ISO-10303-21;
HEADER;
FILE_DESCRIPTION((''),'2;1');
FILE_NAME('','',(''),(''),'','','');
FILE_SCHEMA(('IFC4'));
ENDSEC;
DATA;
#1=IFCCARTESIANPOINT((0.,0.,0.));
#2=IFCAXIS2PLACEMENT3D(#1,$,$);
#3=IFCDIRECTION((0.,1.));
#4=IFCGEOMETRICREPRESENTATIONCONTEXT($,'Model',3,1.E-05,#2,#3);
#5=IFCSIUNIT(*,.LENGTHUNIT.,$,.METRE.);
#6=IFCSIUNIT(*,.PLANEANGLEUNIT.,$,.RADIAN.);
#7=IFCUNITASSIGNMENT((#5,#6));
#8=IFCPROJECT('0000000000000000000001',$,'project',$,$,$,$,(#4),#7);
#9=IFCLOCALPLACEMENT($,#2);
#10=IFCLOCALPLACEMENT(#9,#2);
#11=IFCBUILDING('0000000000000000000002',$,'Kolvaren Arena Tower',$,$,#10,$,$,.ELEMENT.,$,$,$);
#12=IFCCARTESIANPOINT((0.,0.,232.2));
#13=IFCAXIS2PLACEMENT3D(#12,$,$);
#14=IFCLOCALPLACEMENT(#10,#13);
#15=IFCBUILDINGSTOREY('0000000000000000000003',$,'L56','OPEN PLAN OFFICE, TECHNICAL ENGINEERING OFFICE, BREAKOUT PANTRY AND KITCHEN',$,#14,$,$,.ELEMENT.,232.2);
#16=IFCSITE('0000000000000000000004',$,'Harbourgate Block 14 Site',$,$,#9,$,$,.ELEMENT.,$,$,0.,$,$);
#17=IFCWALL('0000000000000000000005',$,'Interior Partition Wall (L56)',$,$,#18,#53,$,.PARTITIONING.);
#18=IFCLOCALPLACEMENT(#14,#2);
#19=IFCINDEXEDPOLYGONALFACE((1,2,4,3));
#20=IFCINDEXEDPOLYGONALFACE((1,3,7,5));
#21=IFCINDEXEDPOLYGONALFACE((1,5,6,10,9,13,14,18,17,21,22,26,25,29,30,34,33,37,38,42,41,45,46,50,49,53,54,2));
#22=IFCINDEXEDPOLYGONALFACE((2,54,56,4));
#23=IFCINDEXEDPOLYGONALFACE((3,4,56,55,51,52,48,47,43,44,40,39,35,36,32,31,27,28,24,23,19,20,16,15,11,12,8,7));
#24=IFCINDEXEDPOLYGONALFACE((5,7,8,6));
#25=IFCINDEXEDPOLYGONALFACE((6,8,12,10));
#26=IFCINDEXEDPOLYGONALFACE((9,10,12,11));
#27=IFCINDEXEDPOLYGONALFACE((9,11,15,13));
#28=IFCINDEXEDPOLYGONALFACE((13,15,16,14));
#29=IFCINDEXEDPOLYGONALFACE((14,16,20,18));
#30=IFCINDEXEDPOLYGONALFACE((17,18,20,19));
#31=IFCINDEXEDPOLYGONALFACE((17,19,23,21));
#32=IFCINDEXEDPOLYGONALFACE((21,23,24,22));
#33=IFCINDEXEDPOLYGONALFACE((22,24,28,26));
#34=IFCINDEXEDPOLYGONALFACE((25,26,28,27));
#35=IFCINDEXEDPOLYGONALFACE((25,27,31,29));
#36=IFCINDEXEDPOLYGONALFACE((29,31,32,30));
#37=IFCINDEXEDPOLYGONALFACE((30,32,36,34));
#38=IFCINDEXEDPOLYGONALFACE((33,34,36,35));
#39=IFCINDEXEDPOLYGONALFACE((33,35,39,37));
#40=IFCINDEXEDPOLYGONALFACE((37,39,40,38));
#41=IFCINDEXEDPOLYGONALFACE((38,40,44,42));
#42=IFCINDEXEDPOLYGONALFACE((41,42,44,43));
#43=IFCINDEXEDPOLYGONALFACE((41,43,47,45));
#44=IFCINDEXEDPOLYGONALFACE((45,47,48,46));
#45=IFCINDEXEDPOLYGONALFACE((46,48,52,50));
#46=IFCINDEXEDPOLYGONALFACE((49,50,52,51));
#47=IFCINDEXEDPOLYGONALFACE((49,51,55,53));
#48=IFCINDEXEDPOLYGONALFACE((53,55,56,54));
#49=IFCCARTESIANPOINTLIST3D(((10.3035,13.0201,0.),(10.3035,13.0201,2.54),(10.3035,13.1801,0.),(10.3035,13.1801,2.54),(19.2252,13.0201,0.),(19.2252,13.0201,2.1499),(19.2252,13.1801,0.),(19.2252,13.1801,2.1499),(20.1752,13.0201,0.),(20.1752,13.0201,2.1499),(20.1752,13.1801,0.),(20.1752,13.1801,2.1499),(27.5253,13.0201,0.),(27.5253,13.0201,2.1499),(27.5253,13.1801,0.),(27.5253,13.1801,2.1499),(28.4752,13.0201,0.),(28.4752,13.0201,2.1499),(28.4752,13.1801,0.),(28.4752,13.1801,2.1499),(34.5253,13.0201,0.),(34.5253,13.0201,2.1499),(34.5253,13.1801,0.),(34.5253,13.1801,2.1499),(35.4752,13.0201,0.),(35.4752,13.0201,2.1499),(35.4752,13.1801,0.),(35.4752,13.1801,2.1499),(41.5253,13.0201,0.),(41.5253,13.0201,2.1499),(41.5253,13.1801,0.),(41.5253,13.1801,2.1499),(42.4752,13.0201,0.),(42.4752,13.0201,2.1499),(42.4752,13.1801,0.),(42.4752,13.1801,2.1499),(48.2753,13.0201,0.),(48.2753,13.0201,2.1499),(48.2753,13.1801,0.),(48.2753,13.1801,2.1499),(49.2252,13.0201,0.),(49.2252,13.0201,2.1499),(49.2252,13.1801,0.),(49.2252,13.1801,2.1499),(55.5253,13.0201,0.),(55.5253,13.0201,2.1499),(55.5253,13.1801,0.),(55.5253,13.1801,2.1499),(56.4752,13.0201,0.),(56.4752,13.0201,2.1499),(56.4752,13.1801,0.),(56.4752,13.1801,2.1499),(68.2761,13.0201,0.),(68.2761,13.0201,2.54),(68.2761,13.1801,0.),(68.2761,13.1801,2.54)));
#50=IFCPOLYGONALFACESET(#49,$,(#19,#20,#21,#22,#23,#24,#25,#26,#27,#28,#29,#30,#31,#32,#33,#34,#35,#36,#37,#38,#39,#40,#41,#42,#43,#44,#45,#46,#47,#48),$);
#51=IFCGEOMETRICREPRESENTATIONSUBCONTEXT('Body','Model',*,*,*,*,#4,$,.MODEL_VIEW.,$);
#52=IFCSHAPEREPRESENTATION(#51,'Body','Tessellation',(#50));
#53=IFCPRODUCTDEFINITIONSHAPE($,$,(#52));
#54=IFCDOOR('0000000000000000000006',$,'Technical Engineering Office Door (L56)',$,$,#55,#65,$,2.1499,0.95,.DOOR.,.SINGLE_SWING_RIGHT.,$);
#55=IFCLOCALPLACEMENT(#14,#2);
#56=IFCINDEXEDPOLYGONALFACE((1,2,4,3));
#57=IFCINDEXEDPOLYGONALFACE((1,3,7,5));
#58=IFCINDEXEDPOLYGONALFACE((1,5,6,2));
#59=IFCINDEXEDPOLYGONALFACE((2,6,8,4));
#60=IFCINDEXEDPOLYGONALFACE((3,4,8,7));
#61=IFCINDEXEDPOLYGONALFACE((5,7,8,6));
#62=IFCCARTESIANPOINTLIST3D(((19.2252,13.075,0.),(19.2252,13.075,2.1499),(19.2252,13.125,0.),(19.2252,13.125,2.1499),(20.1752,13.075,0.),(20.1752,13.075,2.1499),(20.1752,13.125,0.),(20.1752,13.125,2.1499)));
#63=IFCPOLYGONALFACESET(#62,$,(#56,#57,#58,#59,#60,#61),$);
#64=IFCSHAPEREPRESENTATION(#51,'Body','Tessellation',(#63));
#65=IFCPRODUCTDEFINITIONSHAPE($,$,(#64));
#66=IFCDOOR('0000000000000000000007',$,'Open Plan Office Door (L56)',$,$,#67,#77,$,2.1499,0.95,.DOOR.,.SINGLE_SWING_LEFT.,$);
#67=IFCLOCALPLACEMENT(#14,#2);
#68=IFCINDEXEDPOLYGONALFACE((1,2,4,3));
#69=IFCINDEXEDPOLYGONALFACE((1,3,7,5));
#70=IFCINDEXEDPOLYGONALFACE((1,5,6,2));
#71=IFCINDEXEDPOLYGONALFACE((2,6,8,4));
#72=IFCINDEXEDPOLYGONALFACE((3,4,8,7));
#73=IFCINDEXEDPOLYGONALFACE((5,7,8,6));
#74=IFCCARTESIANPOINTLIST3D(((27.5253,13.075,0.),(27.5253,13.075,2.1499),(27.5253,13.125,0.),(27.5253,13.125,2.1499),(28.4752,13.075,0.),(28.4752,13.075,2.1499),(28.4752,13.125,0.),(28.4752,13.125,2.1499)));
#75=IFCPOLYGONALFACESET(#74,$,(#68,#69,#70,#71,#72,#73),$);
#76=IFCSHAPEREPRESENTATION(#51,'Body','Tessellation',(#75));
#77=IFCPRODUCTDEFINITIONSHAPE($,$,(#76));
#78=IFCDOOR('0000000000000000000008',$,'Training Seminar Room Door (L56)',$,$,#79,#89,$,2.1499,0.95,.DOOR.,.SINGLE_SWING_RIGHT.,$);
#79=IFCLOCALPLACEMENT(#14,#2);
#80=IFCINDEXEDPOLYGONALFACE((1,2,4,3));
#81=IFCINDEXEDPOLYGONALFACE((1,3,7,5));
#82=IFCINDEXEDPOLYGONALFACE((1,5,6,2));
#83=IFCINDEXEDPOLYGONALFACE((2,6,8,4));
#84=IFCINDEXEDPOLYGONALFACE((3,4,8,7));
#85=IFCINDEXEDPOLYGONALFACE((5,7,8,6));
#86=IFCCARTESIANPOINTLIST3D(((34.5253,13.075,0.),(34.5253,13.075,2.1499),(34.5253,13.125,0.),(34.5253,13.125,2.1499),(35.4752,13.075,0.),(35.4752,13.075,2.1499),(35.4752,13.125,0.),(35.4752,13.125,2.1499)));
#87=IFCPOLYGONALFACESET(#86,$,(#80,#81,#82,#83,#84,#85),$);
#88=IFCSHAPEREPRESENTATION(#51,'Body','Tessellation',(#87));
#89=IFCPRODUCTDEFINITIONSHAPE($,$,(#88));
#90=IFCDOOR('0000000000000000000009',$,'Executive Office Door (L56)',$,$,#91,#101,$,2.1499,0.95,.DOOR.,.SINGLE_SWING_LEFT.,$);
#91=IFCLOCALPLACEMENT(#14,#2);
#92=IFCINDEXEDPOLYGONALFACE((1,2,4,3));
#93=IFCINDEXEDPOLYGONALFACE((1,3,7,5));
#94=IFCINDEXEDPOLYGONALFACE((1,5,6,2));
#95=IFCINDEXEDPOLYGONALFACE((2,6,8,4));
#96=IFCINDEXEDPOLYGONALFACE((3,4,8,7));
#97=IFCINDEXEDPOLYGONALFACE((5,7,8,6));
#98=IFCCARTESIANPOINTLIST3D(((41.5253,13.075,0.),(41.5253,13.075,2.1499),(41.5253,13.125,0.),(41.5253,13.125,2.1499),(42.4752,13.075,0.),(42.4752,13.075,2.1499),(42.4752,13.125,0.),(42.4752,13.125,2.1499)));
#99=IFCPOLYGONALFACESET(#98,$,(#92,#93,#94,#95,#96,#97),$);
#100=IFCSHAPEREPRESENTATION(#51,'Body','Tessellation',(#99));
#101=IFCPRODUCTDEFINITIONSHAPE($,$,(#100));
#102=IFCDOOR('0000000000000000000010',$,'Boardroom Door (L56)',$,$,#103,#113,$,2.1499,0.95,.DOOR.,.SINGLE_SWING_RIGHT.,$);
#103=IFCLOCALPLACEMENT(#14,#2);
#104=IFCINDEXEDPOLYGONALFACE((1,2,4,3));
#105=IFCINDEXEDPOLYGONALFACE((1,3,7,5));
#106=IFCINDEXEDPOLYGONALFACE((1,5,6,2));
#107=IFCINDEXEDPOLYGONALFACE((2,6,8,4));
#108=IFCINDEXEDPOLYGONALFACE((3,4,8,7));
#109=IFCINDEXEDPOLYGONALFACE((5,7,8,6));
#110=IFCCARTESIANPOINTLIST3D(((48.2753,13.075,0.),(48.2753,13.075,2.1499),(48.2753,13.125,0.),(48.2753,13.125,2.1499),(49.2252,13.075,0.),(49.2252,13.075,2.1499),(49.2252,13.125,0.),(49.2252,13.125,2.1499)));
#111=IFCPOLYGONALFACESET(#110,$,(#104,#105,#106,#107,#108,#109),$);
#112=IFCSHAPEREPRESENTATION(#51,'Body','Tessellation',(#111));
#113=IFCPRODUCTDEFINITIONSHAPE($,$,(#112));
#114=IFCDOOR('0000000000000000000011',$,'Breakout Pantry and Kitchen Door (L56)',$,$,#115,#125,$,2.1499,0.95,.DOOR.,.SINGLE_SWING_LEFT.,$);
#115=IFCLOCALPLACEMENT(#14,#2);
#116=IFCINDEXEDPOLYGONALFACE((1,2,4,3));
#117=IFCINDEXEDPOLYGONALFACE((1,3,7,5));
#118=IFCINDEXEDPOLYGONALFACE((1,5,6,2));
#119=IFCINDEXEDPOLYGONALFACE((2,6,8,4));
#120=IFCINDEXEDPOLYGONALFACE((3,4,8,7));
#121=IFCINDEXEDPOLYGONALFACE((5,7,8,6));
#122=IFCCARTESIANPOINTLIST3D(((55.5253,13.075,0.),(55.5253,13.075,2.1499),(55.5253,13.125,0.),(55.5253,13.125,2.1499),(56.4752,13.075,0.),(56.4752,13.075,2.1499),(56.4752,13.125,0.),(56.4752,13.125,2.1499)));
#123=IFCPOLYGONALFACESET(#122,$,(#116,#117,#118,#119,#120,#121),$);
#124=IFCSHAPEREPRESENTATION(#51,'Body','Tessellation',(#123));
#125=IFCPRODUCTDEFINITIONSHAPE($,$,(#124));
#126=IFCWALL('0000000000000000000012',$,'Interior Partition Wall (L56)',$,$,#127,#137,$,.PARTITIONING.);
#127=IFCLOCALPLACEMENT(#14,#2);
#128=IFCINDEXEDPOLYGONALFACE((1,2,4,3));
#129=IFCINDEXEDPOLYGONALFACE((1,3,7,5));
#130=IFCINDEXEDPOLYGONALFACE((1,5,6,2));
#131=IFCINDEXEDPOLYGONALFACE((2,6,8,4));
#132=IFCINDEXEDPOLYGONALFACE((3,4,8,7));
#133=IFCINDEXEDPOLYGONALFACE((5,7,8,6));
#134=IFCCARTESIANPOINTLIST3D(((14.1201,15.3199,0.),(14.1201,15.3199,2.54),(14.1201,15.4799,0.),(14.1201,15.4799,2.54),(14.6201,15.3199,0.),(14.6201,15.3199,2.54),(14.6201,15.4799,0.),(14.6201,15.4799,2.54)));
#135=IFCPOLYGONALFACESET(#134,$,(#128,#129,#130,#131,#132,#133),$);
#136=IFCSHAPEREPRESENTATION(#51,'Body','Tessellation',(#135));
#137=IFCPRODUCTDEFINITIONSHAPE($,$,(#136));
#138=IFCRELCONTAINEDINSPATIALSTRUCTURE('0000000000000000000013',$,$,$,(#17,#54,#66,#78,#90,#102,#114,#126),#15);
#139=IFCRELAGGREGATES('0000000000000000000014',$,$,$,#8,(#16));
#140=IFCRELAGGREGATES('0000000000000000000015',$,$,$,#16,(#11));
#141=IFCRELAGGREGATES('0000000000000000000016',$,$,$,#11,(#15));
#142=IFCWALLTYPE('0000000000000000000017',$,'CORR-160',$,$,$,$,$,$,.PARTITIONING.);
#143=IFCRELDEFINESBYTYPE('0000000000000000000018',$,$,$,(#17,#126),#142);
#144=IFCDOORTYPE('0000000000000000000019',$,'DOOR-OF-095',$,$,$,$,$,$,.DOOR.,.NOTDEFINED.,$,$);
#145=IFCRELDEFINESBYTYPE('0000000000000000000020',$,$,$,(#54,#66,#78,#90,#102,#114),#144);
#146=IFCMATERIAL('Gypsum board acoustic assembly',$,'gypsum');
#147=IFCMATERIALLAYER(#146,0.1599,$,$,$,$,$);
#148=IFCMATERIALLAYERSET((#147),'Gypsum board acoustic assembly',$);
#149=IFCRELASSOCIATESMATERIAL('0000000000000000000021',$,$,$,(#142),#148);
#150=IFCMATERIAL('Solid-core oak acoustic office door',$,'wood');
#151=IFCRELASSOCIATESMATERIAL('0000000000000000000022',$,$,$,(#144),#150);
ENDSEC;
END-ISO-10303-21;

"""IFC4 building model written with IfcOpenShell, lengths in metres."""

from ifc_helpers import new_model, si_unit, direction, frame, frame_2d, origin, place, context, subcontext, project, spatial, rectangle, extrude, material, layer, layer_set, type_object, element, fill, save


model = new_model("IFC4")

# Units and contexts
model_context = context("Model", 3, precision=1e-05, world=origin(), true_north=direction((0.0, 1.0)))
body_context = subcontext(model_context, "Body", "Model", "MODEL_VIEW")
ifc_project = project(units=[si_unit("LENGTHUNIT", "METRE"), si_unit("PLANEANGLEUNIT", "RADIAN")], contexts=[model_context])

# Site, building, storey
site_placement = place(None, origin())
site = spatial("IfcSite", under=ifc_project, at=site_placement, Name="Harbourgate Block 14 Site", CompositionType="ELEMENT", RefElevation=0.0)
building_placement = place(site_placement, origin())
building = spatial("IfcBuilding", under=site, at=building_placement, Name="Kolvaren Arena Tower", CompositionType="ELEMENT")
storey_placement = place(building_placement, frame((0.0, 0.0, 232.2)))
storey = spatial("IfcBuildingStorey", under=building, at=storey_placement, Name="L56", Description="OPEN PLAN OFFICE, TECHNICAL ENGINEERING OFFICE, BREAKOUT PANTRY AND KITCHEN", CompositionType="ELEMENT", Elevation=232.2)

# Wall, openings, doors
ifc_material_1 = material(Name="Gypsum board acoustic assembly", Category="gypsum")
ifc_layer_1 = layer(ifc_material_1, 0.1599)
ifc_layer_set_1 = layer_set([ifc_layer_1], Name="Gypsum board acoustic assembly")
wall_type_1 = type_object("IfcWallType", Name="CORR-160", PredefinedType="PARTITIONING", material=ifc_layer_set_1)
wall_1_placement = place(storey_placement, frame((10.3035, 13.1001, 0.0), z_axis=(0.0, 0.0, 1.0), x_axis=(1.0, 0.0, 0.0)))
wall_1 = element("IfcWall", 1, at=wall_1_placement, inside=storey, type_object=wall_type_1, Name="Interior Partition Wall (L56)", PredefinedType="PARTITIONING", context=body_context, shape_type="SweptSolid", body=[
    extrude(rectangle(XDim=57.9727, YDim=0.1599, at=frame_2d((28.9863, 0.0))), origin(), (0.0, 0.0, 1.0), 2.54),
])
opening_1_placement = place(wall_1_placement, frame((8.9216, 0.0, 0.0)))
opening_1 = element("IfcOpeningElement", 2, at=opening_1_placement, cuts=wall_1, PredefinedType="OPENING", context=body_context, shape_type="SweptSolid", body=[
    extrude(rectangle(XDim=0.95, YDim=2.1499, at=frame_2d((0.4751, 1.075))), frame((0.0, 0.0898, 0.0), z_axis=(0.0, -1.0, 0.0), x_axis=(1.0, 0.0, 0.0)), (0.0, 0.0, 1.0), 0.1799),
])
opening_2_placement = place(wall_1_placement, frame((17.2217, 0.0, 0.0)))
opening_2 = element("IfcOpeningElement", 3, at=opening_2_placement, cuts=wall_1, PredefinedType="OPENING", context=body_context, shape_type="SweptSolid", body=[
    extrude(rectangle(XDim=0.95, YDim=2.1499, at=frame_2d((0.4751, 1.075))), frame((0.0, 0.0898, 0.0), z_axis=(0.0, -1.0, 0.0), x_axis=(1.0, 0.0, 0.0)), (0.0, 0.0, 1.0), 0.1799),
])
opening_3_placement = place(wall_1_placement, frame((24.2217, 0.0, 0.0)))
opening_3 = element("IfcOpeningElement", 4, at=opening_3_placement, cuts=wall_1, PredefinedType="OPENING", context=body_context, shape_type="SweptSolid", body=[
    extrude(rectangle(XDim=0.95, YDim=2.1499, at=frame_2d((0.4751, 1.075))), frame((0.0, 0.0898, 0.0), z_axis=(0.0, -1.0, 0.0), x_axis=(1.0, 0.0, 0.0)), (0.0, 0.0, 1.0), 0.1799),
])
opening_4_placement = place(wall_1_placement, frame((31.2217, 0.0, 0.0)))
opening_4 = element("IfcOpeningElement", 5, at=opening_4_placement, cuts=wall_1, PredefinedType="OPENING", context=body_context, shape_type="SweptSolid", body=[
    extrude(rectangle(XDim=0.95, YDim=2.1499, at=frame_2d((0.4751, 1.075))), frame((0.0, 0.0898, 0.0), z_axis=(0.0, -1.0, 0.0), x_axis=(1.0, 0.0, 0.0)), (0.0, 0.0, 1.0), 0.1799),
])
opening_5_placement = place(wall_1_placement, frame((37.9717, 0.0, 0.0)))
opening_5 = element("IfcOpeningElement", 6, at=opening_5_placement, cuts=wall_1, PredefinedType="OPENING", context=body_context, shape_type="SweptSolid", body=[
    extrude(rectangle(XDim=0.95, YDim=2.1499, at=frame_2d((0.4751, 1.075))), frame((0.0, 0.0898, 0.0), z_axis=(0.0, -1.0, 0.0), x_axis=(1.0, 0.0, 0.0)), (0.0, 0.0, 1.0), 0.1799),
])
opening_6_placement = place(wall_1_placement, frame((45.2217, 0.0, 0.0)))
opening_6 = element("IfcOpeningElement", 7, at=opening_6_placement, cuts=wall_1, PredefinedType="OPENING", context=body_context, shape_type="SweptSolid", body=[
    extrude(rectangle(XDim=0.95, YDim=2.1499, at=frame_2d((0.4751, 1.075))), frame((0.0, 0.0898, 0.0), z_axis=(0.0, -1.0, 0.0), x_axis=(1.0, 0.0, 0.0)), (0.0, 0.0, 1.0), 0.1799),
])
ifc_material_2 = material(Name="Solid-core oak acoustic office door", Category="wood")
door_type_1 = type_object("IfcDoorType", Name="DOOR-OF-095", OperationType="NOTDEFINED", PredefinedType="DOOR", material=ifc_material_2)
door_1_placement = place(opening_1_placement, origin())
door_1 = element("IfcDoor", 8, at=door_1_placement, inside=storey, type_object=door_type_1, Name="Technical Engineering Office Door (L56)", OperationType="SINGLE_SWING_RIGHT", OverallHeight=2.1499, OverallWidth=0.95, PredefinedType="DOOR", context=body_context, shape_type="SweptSolid", body=[
    extrude(rectangle(XDim=0.95, YDim=2.1499, at=frame_2d((0.4751, 1.075))), frame((0.0, 0.0249, 0.0), z_axis=(0.0, -1.0, 0.0), x_axis=(1.0, 0.0, 0.0)), (0.0, 0.0, 1.0), 0.05),
])
fill(opening_1, door_1)
door_2_placement = place(opening_2_placement, origin())
door_2 = element("IfcDoor", 9, at=door_2_placement, inside=storey, type_object=door_type_1, Name="Open Plan Office Door (L56)", OperationType="SINGLE_SWING_LEFT", OverallHeight=2.1499, OverallWidth=0.95, PredefinedType="DOOR", context=body_context, shape_type="SweptSolid", body=[
    extrude(rectangle(XDim=0.95, YDim=2.1499, at=frame_2d((0.4751, 1.075))), frame((0.0, 0.0249, 0.0), z_axis=(0.0, -1.0, 0.0), x_axis=(1.0, 0.0, 0.0)), (0.0, 0.0, 1.0), 0.05),
])
fill(opening_2, door_2)
door_3_placement = place(opening_3_placement, origin())
door_3 = element("IfcDoor", 10, at=door_3_placement, inside=storey, type_object=door_type_1, Name="Training Seminar Room Door (L56)", OperationType="SINGLE_SWING_RIGHT", OverallHeight=2.1499, OverallWidth=0.95, PredefinedType="DOOR", context=body_context, shape_type="SweptSolid", body=[
    extrude(rectangle(XDim=0.95, YDim=2.1499, at=frame_2d((0.4751, 1.075))), frame((0.0, 0.0249, 0.0), z_axis=(0.0, -1.0, 0.0), x_axis=(1.0, 0.0, 0.0)), (0.0, 0.0, 1.0), 0.05),
])
fill(opening_3, door_3)
door_4_placement = place(opening_4_placement, origin())
door_4 = element("IfcDoor", 11, at=door_4_placement, inside=storey, type_object=door_type_1, Name="Executive Office Door (L56)", OperationType="SINGLE_SWING_LEFT", OverallHeight=2.1499, OverallWidth=0.95, PredefinedType="DOOR", context=body_context, shape_type="SweptSolid", body=[
    extrude(rectangle(XDim=0.95, YDim=2.1499, at=frame_2d((0.4751, 1.075))), frame((0.0, 0.0249, 0.0), z_axis=(0.0, -1.0, 0.0), x_axis=(1.0, 0.0, 0.0)), (0.0, 0.0, 1.0), 0.05),
])
fill(opening_4, door_4)
door_5_placement = place(opening_5_placement, origin())
door_5 = element("IfcDoor", 12, at=door_5_placement, inside=storey, type_object=door_type_1, Name="Boardroom Door (L56)", OperationType="SINGLE_SWING_RIGHT", OverallHeight=2.1499, OverallWidth=0.95, PredefinedType="DOOR", context=body_context, shape_type="SweptSolid", body=[
    extrude(rectangle(XDim=0.95, YDim=2.1499, at=frame_2d((0.4751, 1.075))), frame((0.0, 0.0249, 0.0), z_axis=(0.0, -1.0, 0.0), x_axis=(1.0, 0.0, 0.0)), (0.0, 0.0, 1.0), 0.05),
])
fill(opening_5, door_5)
door_6_placement = place(opening_6_placement, origin())
door_6 = element("IfcDoor", 13, at=door_6_placement, inside=storey, type_object=door_type_1, Name="Breakout Pantry and Kitchen Door (L56)", OperationType="SINGLE_SWING_LEFT", OverallHeight=2.1499, OverallWidth=0.95, PredefinedType="DOOR", context=body_context, shape_type="SweptSolid", body=[
    extrude(rectangle(XDim=0.95, YDim=2.1499, at=frame_2d((0.4751, 1.075))), frame((0.0, 0.0249, 0.0), z_axis=(0.0, -1.0, 0.0), x_axis=(1.0, 0.0, 0.0)), (0.0, 0.0, 1.0), 0.05),
])
fill(opening_6, door_6)

# Wall
wall_2_placement = place(storey_placement, frame((14.1201, 15.3999, 0.0), z_axis=(0.0, 0.0, 1.0), x_axis=(1.0, 0.0, 0.0)))
element("IfcWall", 14, at=wall_2_placement, inside=storey, type_object=wall_type_1, Name="Interior Partition Wall (L56)", PredefinedType="PARTITIONING", context=body_context, shape_type="SweptSolid", body=[
    extrude(rectangle(XDim=0.5, YDim=0.1599, at=frame_2d((0.25, 0.0))), origin(), (0.0, 0.0, 1.0), 2.54),
])

save(model, "model.ifc")
